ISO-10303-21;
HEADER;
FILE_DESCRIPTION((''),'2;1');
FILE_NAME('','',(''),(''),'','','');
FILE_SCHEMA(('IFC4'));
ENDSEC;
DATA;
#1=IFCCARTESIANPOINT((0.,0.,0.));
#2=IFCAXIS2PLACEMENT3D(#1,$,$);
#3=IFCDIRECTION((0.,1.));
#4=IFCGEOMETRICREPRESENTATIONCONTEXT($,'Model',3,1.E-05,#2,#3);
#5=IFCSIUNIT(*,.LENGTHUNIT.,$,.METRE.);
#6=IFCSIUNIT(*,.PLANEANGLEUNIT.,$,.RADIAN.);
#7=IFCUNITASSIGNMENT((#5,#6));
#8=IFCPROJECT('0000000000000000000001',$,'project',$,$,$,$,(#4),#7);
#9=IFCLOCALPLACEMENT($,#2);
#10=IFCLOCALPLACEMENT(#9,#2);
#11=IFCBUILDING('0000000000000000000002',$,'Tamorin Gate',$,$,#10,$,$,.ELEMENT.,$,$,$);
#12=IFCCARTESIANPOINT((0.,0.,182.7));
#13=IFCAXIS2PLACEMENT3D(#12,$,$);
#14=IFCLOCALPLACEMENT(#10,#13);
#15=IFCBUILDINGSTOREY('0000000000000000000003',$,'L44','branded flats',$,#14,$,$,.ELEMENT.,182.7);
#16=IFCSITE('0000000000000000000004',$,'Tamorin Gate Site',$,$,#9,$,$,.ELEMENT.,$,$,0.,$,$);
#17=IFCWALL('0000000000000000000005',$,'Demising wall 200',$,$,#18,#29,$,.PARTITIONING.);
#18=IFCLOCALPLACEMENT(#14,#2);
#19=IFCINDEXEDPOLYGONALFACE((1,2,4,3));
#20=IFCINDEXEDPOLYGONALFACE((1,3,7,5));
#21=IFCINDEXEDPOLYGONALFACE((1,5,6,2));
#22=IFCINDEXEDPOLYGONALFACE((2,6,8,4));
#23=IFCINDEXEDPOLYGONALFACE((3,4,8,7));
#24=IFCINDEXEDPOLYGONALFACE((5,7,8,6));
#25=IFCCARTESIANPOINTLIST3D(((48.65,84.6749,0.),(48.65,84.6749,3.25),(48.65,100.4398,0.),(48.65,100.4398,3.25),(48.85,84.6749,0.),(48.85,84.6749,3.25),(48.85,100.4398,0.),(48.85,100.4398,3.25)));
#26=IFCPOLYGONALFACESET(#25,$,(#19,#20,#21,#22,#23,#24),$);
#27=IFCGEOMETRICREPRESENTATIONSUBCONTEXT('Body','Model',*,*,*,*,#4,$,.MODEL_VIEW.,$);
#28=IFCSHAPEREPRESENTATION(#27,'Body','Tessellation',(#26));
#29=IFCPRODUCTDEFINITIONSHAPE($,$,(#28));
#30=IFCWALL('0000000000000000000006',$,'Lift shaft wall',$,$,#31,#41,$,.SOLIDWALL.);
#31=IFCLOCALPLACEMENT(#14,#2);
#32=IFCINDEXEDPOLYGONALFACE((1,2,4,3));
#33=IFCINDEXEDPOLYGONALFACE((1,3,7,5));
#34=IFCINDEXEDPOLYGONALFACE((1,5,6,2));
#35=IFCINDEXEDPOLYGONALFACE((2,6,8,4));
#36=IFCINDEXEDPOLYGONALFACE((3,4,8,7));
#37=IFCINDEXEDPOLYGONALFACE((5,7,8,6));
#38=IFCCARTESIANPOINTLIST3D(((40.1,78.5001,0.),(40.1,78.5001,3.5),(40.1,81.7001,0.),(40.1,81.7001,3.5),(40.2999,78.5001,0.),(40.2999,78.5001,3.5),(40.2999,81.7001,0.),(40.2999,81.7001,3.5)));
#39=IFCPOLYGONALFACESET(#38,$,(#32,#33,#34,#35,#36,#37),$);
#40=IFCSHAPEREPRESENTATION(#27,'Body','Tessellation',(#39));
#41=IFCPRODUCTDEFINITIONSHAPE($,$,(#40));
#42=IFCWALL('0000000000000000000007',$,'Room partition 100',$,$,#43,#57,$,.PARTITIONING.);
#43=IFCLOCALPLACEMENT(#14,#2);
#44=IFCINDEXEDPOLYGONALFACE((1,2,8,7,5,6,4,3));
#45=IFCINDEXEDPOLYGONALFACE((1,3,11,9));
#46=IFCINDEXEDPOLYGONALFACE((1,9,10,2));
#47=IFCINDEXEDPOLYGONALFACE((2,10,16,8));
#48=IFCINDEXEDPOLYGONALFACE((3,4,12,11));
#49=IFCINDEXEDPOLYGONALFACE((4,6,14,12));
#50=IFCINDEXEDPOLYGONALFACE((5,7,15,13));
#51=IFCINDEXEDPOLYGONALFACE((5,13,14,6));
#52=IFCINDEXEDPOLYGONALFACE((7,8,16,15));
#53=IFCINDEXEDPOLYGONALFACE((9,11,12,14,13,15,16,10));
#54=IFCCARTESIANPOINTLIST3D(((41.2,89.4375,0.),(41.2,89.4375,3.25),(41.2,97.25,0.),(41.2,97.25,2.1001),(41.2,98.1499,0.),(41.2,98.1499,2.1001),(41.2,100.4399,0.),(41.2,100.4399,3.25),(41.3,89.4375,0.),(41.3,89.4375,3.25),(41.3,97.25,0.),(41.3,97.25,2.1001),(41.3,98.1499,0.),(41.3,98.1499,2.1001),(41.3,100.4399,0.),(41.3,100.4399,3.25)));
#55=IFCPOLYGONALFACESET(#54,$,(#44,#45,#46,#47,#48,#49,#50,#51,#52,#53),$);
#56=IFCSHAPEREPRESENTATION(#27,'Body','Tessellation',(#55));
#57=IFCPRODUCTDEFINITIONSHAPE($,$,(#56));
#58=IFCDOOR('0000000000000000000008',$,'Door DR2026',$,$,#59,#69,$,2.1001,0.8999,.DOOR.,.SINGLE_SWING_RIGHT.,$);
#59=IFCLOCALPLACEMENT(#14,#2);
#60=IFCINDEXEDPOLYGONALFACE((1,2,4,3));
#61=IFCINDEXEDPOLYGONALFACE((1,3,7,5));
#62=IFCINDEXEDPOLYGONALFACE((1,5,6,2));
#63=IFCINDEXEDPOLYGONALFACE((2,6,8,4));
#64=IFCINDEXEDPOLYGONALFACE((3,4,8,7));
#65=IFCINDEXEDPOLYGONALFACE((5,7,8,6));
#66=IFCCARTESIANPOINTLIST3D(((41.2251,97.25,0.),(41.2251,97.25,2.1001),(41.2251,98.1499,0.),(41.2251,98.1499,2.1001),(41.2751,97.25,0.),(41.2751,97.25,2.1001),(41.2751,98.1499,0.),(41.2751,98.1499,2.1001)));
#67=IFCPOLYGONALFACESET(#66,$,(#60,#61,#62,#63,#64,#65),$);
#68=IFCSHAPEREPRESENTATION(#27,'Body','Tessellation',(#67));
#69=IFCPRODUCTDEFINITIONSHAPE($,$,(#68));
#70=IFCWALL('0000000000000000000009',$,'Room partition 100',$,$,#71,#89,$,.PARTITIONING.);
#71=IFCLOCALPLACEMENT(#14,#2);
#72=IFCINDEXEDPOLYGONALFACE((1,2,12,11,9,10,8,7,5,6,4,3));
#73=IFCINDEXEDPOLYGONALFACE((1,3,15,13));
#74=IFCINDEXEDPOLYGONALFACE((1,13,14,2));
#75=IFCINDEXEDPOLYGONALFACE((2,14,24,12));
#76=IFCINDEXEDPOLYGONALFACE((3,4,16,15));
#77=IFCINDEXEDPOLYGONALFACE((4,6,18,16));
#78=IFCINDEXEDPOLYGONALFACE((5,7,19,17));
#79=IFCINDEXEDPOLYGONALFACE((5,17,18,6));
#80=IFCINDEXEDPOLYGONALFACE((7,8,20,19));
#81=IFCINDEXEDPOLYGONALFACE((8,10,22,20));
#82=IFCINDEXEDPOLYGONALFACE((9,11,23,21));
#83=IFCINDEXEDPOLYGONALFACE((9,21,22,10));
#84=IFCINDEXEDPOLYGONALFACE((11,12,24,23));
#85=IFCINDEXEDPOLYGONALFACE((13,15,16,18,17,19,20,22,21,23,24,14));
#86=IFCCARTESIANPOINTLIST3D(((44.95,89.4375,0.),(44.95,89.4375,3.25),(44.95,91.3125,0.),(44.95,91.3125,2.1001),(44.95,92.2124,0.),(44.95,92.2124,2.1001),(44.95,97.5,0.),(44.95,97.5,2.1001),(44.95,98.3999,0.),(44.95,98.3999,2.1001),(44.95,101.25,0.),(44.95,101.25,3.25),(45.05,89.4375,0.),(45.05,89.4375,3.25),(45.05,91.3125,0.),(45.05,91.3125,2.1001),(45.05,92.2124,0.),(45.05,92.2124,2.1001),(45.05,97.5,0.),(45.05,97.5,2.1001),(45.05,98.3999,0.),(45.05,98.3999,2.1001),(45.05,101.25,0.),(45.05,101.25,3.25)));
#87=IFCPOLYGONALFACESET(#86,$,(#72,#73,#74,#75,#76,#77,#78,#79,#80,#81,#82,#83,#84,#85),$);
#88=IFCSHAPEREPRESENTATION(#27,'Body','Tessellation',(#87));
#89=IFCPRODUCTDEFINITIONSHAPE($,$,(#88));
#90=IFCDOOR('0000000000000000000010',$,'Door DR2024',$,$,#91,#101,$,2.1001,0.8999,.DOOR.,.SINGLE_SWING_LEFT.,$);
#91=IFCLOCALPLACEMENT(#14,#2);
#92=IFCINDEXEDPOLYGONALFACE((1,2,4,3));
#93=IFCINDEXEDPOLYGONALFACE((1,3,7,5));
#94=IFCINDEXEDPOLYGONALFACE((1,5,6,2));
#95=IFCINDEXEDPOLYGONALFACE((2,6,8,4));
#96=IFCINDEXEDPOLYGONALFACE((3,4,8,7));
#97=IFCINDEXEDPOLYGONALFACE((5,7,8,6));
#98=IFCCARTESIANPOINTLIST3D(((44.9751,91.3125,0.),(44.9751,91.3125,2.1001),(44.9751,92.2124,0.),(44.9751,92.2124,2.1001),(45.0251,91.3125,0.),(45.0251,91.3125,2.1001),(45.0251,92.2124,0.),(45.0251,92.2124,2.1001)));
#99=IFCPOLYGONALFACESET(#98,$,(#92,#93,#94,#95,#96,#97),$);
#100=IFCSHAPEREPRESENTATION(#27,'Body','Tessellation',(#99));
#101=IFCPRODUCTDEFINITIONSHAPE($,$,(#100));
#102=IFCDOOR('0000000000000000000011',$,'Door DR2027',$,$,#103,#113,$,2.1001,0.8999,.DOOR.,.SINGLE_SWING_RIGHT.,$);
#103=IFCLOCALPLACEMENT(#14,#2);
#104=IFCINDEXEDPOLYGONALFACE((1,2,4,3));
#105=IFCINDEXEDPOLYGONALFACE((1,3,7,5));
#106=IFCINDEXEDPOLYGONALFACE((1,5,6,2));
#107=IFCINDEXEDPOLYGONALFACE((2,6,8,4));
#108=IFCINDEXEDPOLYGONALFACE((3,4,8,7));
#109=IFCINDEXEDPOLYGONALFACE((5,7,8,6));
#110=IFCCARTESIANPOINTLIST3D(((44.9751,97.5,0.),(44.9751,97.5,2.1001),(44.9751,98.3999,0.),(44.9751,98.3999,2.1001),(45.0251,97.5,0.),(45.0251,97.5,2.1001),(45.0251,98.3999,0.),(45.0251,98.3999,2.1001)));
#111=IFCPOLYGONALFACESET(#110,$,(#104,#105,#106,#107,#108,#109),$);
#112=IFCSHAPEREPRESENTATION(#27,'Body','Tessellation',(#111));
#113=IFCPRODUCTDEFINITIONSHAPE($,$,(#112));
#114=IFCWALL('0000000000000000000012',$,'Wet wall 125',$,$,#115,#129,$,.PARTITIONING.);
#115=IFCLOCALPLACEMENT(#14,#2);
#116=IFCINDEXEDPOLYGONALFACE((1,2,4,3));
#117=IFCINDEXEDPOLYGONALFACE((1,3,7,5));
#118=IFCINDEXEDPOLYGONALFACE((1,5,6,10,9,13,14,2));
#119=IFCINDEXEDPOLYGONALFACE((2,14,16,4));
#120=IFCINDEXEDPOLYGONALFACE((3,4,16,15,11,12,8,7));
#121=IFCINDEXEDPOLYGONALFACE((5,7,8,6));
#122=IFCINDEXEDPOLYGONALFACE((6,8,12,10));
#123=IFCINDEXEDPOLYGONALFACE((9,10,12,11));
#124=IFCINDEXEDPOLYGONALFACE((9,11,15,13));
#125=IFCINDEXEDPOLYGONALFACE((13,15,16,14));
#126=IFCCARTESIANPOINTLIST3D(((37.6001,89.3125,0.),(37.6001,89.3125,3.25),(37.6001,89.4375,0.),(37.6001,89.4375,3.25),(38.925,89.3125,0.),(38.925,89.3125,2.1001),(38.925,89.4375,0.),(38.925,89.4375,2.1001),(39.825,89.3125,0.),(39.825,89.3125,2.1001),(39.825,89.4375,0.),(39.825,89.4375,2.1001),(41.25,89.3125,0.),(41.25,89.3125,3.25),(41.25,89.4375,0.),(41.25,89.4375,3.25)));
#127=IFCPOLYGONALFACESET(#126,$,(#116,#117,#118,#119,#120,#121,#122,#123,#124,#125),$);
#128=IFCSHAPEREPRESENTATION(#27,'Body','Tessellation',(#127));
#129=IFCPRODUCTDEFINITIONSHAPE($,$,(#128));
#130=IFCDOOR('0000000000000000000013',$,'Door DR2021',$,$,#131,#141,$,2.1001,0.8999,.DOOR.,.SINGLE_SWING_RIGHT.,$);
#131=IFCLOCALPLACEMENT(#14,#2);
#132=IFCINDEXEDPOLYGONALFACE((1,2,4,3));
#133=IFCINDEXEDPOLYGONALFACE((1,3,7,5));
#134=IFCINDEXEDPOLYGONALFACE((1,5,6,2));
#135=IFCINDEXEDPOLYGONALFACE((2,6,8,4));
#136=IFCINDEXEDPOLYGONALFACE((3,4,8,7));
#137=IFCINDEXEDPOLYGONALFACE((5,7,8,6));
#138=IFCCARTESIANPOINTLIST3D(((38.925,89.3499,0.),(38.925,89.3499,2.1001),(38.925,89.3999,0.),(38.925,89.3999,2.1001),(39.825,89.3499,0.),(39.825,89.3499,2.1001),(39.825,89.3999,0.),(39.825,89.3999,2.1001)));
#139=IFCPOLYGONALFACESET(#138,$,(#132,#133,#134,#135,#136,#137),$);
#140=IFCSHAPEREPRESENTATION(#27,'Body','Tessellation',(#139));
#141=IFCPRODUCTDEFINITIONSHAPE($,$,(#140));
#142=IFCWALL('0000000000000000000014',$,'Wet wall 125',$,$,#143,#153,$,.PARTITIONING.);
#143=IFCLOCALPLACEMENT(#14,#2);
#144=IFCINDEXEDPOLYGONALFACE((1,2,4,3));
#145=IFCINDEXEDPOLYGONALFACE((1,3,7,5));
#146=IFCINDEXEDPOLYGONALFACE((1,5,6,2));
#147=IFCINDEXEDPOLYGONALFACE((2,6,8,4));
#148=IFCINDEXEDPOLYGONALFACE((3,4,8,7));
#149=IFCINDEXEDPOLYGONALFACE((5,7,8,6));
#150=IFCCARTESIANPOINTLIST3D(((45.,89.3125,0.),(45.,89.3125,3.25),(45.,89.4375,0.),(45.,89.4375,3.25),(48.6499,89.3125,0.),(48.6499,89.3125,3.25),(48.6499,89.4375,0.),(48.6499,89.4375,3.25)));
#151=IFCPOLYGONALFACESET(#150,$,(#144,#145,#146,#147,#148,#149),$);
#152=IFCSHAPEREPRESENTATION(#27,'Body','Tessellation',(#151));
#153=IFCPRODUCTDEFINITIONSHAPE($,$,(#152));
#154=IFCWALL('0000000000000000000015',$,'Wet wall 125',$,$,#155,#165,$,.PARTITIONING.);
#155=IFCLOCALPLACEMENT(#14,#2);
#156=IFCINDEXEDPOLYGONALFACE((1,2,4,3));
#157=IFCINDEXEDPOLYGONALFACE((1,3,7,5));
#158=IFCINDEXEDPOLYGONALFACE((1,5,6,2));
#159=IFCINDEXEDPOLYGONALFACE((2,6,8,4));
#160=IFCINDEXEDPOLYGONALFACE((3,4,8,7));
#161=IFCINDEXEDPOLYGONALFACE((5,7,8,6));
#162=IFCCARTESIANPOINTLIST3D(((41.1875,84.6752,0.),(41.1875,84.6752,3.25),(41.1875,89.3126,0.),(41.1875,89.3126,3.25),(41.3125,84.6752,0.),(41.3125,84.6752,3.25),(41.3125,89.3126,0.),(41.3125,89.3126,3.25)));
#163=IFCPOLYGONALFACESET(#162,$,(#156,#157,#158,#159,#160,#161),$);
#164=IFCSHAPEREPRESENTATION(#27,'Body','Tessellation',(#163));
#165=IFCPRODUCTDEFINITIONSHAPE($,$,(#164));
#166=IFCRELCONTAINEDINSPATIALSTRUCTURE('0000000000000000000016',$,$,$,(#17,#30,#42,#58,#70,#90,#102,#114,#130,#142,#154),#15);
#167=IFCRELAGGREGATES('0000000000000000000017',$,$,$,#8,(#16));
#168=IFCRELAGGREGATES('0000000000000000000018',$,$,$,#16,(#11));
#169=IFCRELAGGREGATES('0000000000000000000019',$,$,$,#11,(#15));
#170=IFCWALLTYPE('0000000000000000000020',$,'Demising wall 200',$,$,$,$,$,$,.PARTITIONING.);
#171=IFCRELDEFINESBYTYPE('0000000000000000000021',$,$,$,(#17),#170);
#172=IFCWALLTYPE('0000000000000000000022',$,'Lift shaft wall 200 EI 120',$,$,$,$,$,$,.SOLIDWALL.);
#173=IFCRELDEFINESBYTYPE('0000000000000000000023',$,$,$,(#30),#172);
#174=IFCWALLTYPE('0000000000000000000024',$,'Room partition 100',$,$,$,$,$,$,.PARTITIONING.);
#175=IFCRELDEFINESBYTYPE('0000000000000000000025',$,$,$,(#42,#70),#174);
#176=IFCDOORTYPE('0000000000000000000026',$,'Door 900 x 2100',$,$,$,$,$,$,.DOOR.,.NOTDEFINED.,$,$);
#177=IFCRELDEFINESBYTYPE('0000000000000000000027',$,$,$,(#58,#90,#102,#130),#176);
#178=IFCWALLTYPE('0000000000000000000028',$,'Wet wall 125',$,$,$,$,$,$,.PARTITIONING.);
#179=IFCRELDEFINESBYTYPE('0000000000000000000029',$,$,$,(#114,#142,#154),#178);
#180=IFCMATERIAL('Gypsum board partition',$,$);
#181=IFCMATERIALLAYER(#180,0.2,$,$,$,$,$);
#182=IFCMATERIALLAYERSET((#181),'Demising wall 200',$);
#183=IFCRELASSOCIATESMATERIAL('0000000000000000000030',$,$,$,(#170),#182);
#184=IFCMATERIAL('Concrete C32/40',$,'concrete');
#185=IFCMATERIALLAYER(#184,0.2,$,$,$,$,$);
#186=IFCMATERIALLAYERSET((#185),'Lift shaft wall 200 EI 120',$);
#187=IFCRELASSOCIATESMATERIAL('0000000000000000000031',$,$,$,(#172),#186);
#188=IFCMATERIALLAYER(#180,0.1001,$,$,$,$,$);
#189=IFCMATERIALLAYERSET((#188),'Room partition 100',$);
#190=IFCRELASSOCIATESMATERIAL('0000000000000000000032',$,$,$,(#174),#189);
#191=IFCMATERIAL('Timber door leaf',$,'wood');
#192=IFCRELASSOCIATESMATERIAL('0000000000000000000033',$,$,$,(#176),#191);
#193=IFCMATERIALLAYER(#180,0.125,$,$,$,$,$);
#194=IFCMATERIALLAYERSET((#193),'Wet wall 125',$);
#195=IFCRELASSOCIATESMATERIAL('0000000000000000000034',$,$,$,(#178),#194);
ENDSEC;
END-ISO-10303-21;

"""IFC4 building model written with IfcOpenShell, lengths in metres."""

from ifc_helpers import new_model, si_unit, direction, frame, frame_2d, origin, place, context, subcontext, project, spatial, rectangle, extrude, material, layer, layer_set, type_object, element, fill, save


model = new_model("IFC4")

# Units and contexts
model_context = context("Model", 3, precision=1e-05, world=origin(), true_north=direction((0.0, 1.0)))
body_context = subcontext(model_context, "Body", "Model", "MODEL_VIEW")
ifc_project = project(units=[si_unit("LENGTHUNIT", "METRE"), si_unit("PLANEANGLEUNIT", "RADIAN")], contexts=[model_context])

# Site, building, storey
site_placement = place(None, origin())
site = spatial("IfcSite", under=ifc_project, at=site_placement, Name="Tamorin Gate Site", CompositionType="ELEMENT", RefElevation=0.0)
building_placement = place(site_placement, origin())
building = spatial("IfcBuilding", under=site, at=building_placement, Name="Tamorin Gate", CompositionType="ELEMENT")
storey_placement = place(building_placement, frame((0.0, 0.0, 182.7)))
storey = spatial("IfcBuildingStorey", under=building, at=storey_placement, Name="L44", Description="branded flats", CompositionType="ELEMENT", Elevation=182.7)

# Walls
ifc_material_1 = material(Name="Gypsum board partition")
ifc_layer_1 = layer(ifc_material_1, 0.2)
ifc_layer_set_1 = layer_set([ifc_layer_1], Name="Demising wall 200")
wall_type_1 = type_object("IfcWallType", Name="Demising wall 200", PredefinedType="PARTITIONING", material=ifc_layer_set_1)
wall_1_placement = place(storey_placement, frame((48.75, 84.675, 0.0), z_axis=(0.0, 0.0, 1.0), x_axis=(0.0, 1.0, 0.0)))
element("IfcWall", 1, at=wall_1_placement, inside=storey, type_object=wall_type_1, Name="Demising wall 200", PredefinedType="PARTITIONING", context=body_context, shape_type="SweptSolid", body=[
    extrude(rectangle(XDim=15.7649, YDim=0.2, at=frame_2d((7.8823, 0.0))), origin(), (0.0, 0.0, 1.0), 3.25),
])
ifc_material_2 = material(Name="Concrete C32/40", Category="concrete")
ifc_layer_2 = layer(ifc_material_2, 0.2)
ifc_layer_set_2 = layer_set([ifc_layer_2], Name="Lift shaft wall 200 EI 120")
wall_type_2 = type_object("IfcWallType", Name="Lift shaft wall 200 EI 120", PredefinedType="SOLIDWALL", material=ifc_layer_set_2)
wall_2_placement = place(storey_placement, frame((40.2, 78.5, 0.0), z_axis=(0.0, 0.0, 1.0), x_axis=(0.0, 1.0, 0.0)))
element("IfcWall", 2, at=wall_2_placement, inside=storey, type_object=wall_type_2, Name="Lift shaft wall", PredefinedType="SOLIDWALL", context=body_context, shape_type="SweptSolid", body=[
    extrude(rectangle(XDim=3.2, YDim=0.2, at=frame_2d((1.6001, 0.0))), origin(), (0.0, 0.0, 1.0), 3.5),
])

# Wall, opening, door
ifc_layer_3 = layer(ifc_material_1, 0.1001)
ifc_layer_set_3 = layer_set([ifc_layer_3], Name="Room partition 100")
wall_type_3 = type_object("IfcWallType", Name="Room partition 100", PredefinedType="PARTITIONING", material=ifc_layer_set_3)
wall_3_placement = place(storey_placement, frame((41.25, 89.4375, 0.0), z_axis=(0.0, 0.0, 1.0), x_axis=(0.0, 1.0, 0.0)))
wall_3 = element("IfcWall", 3, at=wall_3_placement, inside=storey, type_object=wall_type_3, Name="Room partition 100", PredefinedType="PARTITIONING", context=body_context, shape_type="SweptSolid", body=[
    extrude(rectangle(XDim=11.0024, YDim=0.1001, at=frame_2d((5.5012, 0.0))), origin(), (0.0, 0.0, 1.0), 3.25),
])
opening_1_placement = place(wall_3_placement, frame((7.8125, 0.0, 0.0)))
opening_1 = element("IfcOpeningElement", 4, at=opening_1_placement, cuts=wall_3, PredefinedType="OPENING", context=body_context, shape_type="SweptSolid", body=[
    extrude(rectangle(XDim=0.8999, YDim=2.1001, at=frame_2d((0.45, 1.05))), frame((0.0, 0.0601, 0.0), z_axis=(0.0, -1.0, 0.0), x_axis=(1.0, 0.0, 0.0)), (0.0, 0.0, 1.0), 0.1201),
])
ifc_material_3 = material(Name="Timber door leaf", Category="wood")
door_type = type_object("IfcDoorType", Name="Door 900 x 2100", OperationType="NOTDEFINED", PredefinedType="DOOR", material=ifc_material_3)
door_1_placement = place(opening_1_placement, origin())
door_1 = element("IfcDoor", 5, at=door_1_placement, inside=storey, type_object=door_type, Name="Door DR2026", OperationType="SINGLE_SWING_RIGHT", OverallHeight=2.1001, OverallWidth=0.8999, PredefinedType="DOOR", context=body_context, shape_type="SweptSolid", body=[
    extrude(rectangle(XDim=0.8999, YDim=2.1001, at=frame_2d((0.45, 1.05))), frame((0.0, 0.0249, 0.0), z_axis=(0.0, -1.0, 0.0), x_axis=(1.0, 0.0, 0.0)), (0.0, 0.0, 1.0), 0.05),
])
fill(opening_1, door_1)

# Wall, openings, doors
wall_4_placement = place(storey_placement, frame((45.0, 89.4375, 0.0), z_axis=(0.0, 0.0, 1.0), x_axis=(0.0, 1.0, 0.0)))
wall_4 = element("IfcWall", 6, at=wall_4_placement, inside=storey, type_object=wall_type_3, Name="Room partition 100", PredefinedType="PARTITIONING", context=body_context, shape_type="SweptSolid", body=[
    extrude(rectangle(XDim=11.8125, YDim=0.1001, at=frame_2d((5.9062, 0.0))), origin(), (0.0, 0.0, 1.0), 3.25),
])
opening_2_placement = place(wall_4_placement, frame((1.875, 0.0, 0.0)))
opening_2 = element("IfcOpeningElement", 7, at=opening_2_placement, cuts=wall_4, PredefinedType="OPENING", context=body_context, shape_type="SweptSolid", body=[
    extrude(rectangle(XDim=0.8999, YDim=2.1001, at=frame_2d((0.45, 1.05))), frame((0.0, 0.0601, 0.0), z_axis=(0.0, -1.0, 0.0), x_axis=(1.0, 0.0, 0.0)), (0.0, 0.0, 1.0), 0.1201),
])
opening_3_placement = place(wall_4_placement, frame((8.0625, 0.0, 0.0)))
opening_3 = element("IfcOpeningElement", 8, at=opening_3_placement, cuts=wall_4, PredefinedType="OPENING", context=body_context, shape_type="SweptSolid", body=[
    extrude(rectangle(XDim=0.8999, YDim=2.1001, at=frame_2d((0.45, 1.05))), frame((0.0, 0.0601, 0.0), z_axis=(0.0, -1.0, 0.0), x_axis=(1.0, 0.0, 0.0)), (0.0, 0.0, 1.0), 0.1201),
])
door_2_placement = place(opening_2_placement, origin())
door_2 = element("IfcDoor", 9, at=door_2_placement, inside=storey, type_object=door_type, Name="Door DR2024", OperationType="SINGLE_SWING_LEFT", OverallHeight=2.1001, OverallWidth=0.8999, PredefinedType="DOOR", context=body_context, shape_type="SweptSolid", body=[
    extrude(rectangle(XDim=0.8999, YDim=2.1001, at=frame_2d((0.45, 1.05))), frame((0.0, 0.0249, 0.0), z_axis=(0.0, -1.0, 0.0), x_axis=(1.0, 0.0, 0.0)), (0.0, 0.0, 1.0), 0.05),
])
fill(opening_2, door_2)
door_3_placement = place(opening_3_placement, origin())
door_3 = element("IfcDoor", 10, at=door_3_placement, inside=storey, type_object=door_type, Name="Door DR2027", OperationType="SINGLE_SWING_RIGHT", OverallHeight=2.1001, OverallWidth=0.8999, PredefinedType="DOOR", context=body_context, shape_type="SweptSolid", body=[
    extrude(rectangle(XDim=0.8999, YDim=2.1001, at=frame_2d((0.45, 1.05))), frame((0.0, 0.0249, 0.0), z_axis=(0.0, -1.0, 0.0), x_axis=(1.0, 0.0, 0.0)), (0.0, 0.0, 1.0), 0.05),
])
fill(opening_3, door_3)

# Wall, opening, door
ifc_layer_4 = layer(ifc_material_1, 0.125)
ifc_layer_set_4 = layer_set([ifc_layer_4], Name="Wet wall 125")
wall_type_4 = type_object("IfcWallType", Name="Wet wall 125", PredefinedType="PARTITIONING", material=ifc_layer_set_4)
wall_5_placement = place(storey_placement, frame((37.6001, 89.375, 0.0), z_axis=(0.0, 0.0, 1.0), x_axis=(1.0, 0.0, 0.0)))
wall_5 = element("IfcWall", 11, at=wall_5_placement, inside=storey, type_object=wall_type_4, Name="Wet wall 125", PredefinedType="PARTITIONING", context=body_context, shape_type="SweptSolid", body=[
    extrude(rectangle(XDim=3.6499, YDim=0.125, at=frame_2d((1.825, 0.0))), origin(), (0.0, 0.0, 1.0), 3.25),
])
opening_4_placement = place(wall_5_placement, frame((1.325, 0.0, 0.0)))
opening_4 = element("IfcOpeningElement", 12, at=opening_4_placement, cuts=wall_5, PredefinedType="OPENING", context=body_context, shape_type="SweptSolid", body=[
    extrude(rectangle(XDim=0.8999, YDim=2.1001, at=frame_2d((0.45, 1.05))), frame((0.0, 0.0725, 0.0), z_axis=(0.0, -1.0, 0.0), x_axis=(1.0, 0.0, 0.0)), (0.0, 0.0, 1.0), 0.145),
])
door_4_placement = place(opening_4_placement, origin())
door_4 = element("IfcDoor", 13, at=door_4_placement, inside=storey, type_object=door_type, Name="Door DR2021", OperationType="SINGLE_SWING_RIGHT", OverallHeight=2.1001, OverallWidth=0.8999, PredefinedType="DOOR", context=body_context, shape_type="SweptSolid", body=[
    extrude(rectangle(XDim=0.8999, YDim=2.1001, at=frame_2d((0.45, 1.05))), frame((0.0, 0.0249, 0.0), z_axis=(0.0, -1.0, 0.0), x_axis=(1.0, 0.0, 0.0)), (0.0, 0.0, 1.0), 0.05),
])
fill(opening_4, door_4)

# Walls
wall_6_placement = place(storey_placement, frame((45.0, 89.375, 0.0), z_axis=(0.0, 0.0, 1.0), x_axis=(1.0, 0.0, 0.0)))
element("IfcWall", 14, at=wall_6_placement, inside=storey, type_object=wall_type_4, Name="Wet wall 125", PredefinedType="PARTITIONING", context=body_context, shape_type="SweptSolid", body=[
    extrude(rectangle(XDim=3.6499, YDim=0.125, at=frame_2d((1.825, 0.0))), origin(), (0.0, 0.0, 1.0), 3.25),
])
wall_7_placement = place(storey_placement, frame((41.25, 84.675, 0.0), z_axis=(0.0, 0.0, 1.0), x_axis=(0.0, 1.0, 0.0)))
element("IfcWall", 15, at=wall_7_placement, inside=storey, type_object=wall_type_4, Name="Wet wall 125", PredefinedType="PARTITIONING", context=body_context, shape_type="SweptSolid", body=[
    extrude(rectangle(XDim=4.6375, YDim=0.125, at=frame_2d((2.3188, 0.0))), origin(), (0.0, 0.0, 1.0), 3.25),
])

save(model, "model.ifc")
